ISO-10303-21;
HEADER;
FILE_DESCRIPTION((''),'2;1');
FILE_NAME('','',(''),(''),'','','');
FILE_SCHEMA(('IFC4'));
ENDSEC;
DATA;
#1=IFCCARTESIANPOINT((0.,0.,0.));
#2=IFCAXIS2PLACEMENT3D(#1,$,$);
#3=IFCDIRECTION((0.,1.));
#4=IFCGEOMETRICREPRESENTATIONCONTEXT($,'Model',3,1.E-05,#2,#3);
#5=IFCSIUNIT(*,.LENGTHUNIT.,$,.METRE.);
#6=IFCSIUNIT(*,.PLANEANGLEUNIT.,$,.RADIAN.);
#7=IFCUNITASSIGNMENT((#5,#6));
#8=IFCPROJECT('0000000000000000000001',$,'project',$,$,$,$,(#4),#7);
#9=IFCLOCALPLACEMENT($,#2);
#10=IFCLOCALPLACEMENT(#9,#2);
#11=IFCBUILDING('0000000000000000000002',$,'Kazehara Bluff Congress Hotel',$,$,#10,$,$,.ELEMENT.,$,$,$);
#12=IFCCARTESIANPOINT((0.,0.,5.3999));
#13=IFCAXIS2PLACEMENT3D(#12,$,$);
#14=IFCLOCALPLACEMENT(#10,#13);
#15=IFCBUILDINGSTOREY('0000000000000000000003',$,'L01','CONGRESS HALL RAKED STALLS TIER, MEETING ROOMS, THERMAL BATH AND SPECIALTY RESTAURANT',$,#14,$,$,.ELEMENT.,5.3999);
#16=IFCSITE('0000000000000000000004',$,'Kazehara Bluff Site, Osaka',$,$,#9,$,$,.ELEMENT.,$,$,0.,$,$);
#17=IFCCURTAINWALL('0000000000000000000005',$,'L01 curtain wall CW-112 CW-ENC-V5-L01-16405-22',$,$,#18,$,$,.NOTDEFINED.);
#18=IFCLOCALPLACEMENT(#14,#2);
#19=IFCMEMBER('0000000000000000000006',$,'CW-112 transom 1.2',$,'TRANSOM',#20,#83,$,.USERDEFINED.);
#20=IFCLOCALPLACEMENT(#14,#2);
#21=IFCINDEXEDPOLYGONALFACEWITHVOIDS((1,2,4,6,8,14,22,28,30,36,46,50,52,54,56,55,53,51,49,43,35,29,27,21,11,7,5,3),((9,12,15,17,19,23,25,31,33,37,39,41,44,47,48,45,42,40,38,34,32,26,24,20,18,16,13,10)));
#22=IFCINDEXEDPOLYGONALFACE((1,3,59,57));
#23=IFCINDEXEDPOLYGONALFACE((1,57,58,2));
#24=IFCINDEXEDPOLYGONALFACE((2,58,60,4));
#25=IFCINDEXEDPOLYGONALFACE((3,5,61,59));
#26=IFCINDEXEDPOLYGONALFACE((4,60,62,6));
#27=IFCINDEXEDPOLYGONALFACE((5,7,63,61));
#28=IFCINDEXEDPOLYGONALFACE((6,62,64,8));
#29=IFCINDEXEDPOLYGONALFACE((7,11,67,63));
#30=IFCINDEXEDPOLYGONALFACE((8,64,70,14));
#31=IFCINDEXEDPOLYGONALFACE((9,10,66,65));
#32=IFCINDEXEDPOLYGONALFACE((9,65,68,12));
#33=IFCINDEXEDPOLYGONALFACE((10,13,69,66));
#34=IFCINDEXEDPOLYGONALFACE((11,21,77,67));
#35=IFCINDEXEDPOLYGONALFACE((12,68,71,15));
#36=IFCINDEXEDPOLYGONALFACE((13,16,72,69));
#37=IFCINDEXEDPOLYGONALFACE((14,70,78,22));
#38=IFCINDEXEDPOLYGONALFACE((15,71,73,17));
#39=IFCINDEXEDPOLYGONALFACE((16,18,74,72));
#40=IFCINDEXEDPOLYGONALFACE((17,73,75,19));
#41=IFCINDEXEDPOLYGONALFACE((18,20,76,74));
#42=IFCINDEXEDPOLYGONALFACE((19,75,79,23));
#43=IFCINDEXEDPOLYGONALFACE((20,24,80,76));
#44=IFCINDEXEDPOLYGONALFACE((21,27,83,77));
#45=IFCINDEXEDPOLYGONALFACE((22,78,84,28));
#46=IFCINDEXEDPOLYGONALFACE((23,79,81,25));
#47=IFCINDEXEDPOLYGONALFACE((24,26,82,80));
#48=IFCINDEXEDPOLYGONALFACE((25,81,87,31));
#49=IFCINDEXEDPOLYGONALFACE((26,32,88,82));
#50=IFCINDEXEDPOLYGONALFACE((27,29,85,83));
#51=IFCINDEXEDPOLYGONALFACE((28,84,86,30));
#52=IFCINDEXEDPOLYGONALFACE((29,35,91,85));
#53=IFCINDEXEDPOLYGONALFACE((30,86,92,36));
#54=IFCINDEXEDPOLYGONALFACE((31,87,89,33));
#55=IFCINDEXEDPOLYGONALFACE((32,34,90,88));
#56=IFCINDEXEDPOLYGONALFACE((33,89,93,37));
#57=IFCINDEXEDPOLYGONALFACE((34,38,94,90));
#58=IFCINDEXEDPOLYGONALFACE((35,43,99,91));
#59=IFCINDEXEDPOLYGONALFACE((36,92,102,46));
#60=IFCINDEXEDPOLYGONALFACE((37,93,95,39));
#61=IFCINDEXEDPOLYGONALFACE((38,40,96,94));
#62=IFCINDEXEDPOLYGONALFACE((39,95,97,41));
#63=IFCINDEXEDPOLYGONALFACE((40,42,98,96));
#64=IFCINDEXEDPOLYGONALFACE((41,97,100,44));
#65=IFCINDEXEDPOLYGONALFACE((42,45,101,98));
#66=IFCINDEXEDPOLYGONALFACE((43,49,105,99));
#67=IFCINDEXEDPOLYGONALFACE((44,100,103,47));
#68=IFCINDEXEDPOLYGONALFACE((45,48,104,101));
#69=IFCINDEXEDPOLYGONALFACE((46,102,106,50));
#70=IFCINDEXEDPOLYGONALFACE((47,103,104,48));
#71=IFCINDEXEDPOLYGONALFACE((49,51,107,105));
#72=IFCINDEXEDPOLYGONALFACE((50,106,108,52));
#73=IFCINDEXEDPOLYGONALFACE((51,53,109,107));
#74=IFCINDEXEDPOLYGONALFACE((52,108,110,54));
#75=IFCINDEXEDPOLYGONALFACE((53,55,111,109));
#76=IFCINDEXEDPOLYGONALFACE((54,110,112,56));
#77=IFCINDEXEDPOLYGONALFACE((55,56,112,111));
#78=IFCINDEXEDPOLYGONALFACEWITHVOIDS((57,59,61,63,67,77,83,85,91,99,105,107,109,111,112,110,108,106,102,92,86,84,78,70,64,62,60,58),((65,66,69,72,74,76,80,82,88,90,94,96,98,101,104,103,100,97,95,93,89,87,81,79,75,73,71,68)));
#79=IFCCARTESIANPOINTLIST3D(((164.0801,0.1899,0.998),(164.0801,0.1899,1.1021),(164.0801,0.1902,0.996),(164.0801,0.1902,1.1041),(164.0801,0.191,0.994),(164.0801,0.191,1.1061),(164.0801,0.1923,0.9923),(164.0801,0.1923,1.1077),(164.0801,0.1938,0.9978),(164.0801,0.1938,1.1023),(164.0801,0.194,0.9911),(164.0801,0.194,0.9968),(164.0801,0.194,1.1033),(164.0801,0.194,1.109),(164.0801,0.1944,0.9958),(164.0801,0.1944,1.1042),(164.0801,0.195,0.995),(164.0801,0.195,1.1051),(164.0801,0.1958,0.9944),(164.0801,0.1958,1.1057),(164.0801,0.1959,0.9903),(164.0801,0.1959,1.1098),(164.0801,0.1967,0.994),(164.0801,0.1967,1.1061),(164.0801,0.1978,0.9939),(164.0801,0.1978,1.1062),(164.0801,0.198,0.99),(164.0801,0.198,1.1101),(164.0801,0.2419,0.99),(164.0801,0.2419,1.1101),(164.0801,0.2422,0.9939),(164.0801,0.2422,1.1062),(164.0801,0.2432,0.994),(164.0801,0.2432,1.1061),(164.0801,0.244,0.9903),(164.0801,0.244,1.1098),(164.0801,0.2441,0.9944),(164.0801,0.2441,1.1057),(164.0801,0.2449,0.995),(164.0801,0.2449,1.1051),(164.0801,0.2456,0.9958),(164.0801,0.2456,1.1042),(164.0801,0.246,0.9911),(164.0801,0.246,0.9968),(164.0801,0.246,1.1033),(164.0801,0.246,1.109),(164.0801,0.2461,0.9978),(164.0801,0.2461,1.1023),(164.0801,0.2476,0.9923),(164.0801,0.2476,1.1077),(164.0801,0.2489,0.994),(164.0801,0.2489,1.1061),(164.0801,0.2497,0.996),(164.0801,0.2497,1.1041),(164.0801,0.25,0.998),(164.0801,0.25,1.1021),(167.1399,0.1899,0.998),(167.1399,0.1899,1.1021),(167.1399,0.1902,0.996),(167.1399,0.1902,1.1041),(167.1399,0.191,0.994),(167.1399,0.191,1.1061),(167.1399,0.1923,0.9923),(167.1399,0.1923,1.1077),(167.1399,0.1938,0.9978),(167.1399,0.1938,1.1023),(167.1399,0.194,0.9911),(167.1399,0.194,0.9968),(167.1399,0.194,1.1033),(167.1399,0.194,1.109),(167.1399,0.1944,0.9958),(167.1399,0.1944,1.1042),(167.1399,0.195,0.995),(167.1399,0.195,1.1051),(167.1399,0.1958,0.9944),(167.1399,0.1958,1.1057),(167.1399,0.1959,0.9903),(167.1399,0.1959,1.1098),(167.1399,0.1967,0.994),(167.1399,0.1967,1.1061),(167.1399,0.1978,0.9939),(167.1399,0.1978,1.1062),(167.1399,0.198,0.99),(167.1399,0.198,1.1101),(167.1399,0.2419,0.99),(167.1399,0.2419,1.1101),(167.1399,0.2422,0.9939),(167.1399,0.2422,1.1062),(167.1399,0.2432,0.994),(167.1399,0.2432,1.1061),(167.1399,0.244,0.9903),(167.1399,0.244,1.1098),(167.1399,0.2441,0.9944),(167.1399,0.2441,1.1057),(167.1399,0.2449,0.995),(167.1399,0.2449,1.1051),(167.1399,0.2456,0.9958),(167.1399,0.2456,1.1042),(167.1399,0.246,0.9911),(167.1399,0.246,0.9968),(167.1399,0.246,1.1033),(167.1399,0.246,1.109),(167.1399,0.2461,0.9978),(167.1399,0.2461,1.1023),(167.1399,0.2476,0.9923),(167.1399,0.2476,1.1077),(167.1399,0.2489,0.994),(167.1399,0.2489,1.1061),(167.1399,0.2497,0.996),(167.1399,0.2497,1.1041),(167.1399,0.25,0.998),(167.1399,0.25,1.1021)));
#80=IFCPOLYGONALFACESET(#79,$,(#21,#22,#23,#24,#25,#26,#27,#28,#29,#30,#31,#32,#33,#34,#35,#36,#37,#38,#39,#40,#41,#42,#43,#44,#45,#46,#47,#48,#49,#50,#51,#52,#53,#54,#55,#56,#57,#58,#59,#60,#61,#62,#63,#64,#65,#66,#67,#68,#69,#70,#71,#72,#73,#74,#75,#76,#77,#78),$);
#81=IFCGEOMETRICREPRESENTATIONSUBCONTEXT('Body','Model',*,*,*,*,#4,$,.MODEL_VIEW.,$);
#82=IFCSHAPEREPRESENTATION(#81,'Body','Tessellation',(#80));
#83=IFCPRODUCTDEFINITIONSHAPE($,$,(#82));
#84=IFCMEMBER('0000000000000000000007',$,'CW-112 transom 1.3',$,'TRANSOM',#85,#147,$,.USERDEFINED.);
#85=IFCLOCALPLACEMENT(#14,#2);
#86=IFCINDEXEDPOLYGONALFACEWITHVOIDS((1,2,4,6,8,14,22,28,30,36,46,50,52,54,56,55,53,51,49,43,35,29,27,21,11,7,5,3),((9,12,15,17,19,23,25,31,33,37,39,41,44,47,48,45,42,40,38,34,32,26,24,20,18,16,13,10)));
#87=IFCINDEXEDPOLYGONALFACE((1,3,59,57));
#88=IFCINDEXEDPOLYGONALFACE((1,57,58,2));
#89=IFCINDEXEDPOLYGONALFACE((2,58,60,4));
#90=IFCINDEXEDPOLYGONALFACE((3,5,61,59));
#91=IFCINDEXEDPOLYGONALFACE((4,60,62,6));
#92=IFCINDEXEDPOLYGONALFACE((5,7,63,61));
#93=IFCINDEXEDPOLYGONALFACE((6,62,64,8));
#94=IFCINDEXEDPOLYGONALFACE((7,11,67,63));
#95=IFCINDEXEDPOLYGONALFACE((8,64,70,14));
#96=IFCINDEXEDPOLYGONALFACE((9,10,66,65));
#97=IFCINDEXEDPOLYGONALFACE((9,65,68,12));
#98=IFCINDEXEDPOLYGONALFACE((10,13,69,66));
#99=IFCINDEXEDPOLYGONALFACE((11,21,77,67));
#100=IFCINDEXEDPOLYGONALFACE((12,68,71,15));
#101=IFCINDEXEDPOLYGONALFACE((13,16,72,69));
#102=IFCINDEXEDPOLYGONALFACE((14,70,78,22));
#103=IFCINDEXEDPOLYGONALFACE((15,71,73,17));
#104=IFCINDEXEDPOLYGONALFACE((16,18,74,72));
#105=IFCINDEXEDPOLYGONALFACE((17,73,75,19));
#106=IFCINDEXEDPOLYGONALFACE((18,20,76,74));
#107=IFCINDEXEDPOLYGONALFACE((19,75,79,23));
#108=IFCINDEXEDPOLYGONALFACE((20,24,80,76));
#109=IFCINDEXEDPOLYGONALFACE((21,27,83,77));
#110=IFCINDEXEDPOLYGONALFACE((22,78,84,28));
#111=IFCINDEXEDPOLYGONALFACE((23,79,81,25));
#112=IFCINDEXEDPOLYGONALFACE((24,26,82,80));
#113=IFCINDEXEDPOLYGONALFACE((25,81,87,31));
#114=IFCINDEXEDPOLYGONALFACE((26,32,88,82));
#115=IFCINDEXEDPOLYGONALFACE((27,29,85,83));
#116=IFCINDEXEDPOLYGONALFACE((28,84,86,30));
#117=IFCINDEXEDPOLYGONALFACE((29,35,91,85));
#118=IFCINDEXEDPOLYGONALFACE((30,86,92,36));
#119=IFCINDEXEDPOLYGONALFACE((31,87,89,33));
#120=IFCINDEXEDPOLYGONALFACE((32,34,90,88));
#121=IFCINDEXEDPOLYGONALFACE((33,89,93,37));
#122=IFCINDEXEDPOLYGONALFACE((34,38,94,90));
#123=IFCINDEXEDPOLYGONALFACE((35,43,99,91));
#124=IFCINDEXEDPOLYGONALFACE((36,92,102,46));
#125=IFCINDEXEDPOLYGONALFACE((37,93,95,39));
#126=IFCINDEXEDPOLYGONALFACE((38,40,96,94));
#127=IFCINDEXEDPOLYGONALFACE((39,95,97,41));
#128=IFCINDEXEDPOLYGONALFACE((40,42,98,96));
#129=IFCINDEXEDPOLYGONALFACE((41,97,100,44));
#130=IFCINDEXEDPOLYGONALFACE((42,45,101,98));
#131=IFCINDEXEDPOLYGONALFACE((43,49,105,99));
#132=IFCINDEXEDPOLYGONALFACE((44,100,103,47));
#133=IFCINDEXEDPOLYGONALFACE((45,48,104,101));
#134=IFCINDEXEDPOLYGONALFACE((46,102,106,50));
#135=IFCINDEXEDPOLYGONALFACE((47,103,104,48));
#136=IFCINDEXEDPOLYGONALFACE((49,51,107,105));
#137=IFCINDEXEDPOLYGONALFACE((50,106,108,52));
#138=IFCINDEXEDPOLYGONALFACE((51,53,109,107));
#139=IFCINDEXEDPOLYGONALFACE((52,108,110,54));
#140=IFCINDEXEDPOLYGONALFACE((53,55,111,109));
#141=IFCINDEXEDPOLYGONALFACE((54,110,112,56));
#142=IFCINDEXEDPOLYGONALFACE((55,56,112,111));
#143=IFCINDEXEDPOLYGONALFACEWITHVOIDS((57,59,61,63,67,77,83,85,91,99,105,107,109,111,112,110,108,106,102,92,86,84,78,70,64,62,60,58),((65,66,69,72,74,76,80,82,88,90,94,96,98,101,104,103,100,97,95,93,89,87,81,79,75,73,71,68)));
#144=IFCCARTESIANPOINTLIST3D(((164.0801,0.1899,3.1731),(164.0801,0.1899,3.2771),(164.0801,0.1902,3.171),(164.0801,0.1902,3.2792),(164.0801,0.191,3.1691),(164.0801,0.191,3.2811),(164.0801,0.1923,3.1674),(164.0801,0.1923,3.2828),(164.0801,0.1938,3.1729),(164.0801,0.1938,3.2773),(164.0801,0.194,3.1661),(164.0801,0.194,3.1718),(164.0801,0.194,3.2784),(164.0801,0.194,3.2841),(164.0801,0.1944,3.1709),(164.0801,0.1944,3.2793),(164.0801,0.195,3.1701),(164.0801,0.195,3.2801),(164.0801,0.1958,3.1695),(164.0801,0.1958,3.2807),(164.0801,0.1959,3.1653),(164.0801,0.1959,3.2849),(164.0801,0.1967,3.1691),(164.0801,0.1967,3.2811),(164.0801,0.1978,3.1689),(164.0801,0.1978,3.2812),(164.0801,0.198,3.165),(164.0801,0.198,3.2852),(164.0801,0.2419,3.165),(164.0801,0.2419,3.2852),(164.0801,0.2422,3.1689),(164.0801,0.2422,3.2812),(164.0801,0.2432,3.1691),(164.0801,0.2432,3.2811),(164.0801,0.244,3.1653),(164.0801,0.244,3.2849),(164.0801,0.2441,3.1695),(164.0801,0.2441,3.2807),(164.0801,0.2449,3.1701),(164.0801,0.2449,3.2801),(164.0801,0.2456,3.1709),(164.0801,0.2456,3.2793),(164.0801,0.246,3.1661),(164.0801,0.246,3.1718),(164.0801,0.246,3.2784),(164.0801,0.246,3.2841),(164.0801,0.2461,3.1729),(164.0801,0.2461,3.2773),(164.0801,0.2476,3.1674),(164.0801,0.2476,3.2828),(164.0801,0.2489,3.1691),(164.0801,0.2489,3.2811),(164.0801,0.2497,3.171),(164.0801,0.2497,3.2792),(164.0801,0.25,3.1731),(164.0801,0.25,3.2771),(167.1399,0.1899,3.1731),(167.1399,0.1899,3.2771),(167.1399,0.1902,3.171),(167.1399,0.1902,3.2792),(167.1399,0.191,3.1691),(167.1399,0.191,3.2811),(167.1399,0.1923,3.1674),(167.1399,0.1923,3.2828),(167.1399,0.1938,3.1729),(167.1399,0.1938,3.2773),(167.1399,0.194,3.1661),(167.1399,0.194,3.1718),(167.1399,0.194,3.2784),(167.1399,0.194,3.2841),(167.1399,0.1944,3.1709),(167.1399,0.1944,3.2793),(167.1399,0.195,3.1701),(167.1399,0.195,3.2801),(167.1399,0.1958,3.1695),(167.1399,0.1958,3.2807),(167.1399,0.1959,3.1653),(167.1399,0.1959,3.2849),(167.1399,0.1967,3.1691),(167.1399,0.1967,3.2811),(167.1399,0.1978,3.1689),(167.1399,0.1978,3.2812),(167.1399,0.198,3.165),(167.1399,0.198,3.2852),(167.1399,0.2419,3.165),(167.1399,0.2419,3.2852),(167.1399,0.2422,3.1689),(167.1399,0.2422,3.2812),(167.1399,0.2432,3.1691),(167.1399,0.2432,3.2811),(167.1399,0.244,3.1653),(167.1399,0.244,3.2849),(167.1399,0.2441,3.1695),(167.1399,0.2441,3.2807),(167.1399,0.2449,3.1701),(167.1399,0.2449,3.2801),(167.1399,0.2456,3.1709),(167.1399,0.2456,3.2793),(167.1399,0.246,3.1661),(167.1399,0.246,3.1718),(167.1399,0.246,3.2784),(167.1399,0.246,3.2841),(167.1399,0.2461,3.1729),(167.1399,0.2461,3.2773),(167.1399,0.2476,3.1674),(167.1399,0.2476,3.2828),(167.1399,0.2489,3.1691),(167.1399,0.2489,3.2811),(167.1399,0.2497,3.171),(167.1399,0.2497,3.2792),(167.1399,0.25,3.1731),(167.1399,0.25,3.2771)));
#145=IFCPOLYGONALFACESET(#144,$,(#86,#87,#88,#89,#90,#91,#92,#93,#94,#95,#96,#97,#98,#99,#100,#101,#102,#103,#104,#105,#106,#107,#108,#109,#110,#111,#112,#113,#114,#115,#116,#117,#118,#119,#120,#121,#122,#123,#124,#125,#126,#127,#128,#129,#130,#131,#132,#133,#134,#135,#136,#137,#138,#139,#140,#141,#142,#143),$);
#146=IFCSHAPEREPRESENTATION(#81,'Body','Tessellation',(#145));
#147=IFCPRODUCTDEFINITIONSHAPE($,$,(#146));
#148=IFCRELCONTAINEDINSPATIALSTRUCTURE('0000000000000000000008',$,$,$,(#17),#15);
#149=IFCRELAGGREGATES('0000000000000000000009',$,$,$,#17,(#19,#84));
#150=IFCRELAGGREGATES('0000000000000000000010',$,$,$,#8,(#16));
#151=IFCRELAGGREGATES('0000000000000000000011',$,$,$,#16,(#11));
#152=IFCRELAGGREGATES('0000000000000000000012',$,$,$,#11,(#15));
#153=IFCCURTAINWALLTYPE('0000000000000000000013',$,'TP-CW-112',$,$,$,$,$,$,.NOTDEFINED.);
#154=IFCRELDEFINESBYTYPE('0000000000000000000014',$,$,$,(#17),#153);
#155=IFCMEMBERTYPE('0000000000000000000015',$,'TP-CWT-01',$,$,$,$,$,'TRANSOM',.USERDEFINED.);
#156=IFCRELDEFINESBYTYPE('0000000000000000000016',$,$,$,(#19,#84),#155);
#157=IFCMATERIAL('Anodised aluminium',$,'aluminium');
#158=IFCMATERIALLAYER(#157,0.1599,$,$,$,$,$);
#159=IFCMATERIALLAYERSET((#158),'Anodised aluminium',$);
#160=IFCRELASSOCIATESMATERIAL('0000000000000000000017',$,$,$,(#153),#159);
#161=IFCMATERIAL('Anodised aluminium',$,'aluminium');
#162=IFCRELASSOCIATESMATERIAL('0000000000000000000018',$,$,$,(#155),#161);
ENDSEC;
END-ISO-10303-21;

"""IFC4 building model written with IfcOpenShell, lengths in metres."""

from ifc_helpers import new_model, si_unit, direction, frame, origin, origin_2d, place, context, subcontext, project, spatial, hollow_rectangle, extrude, material, layer, layer_set, material_profile, profile_set, type_object, element, aggregate, save


model = new_model("IFC4")

# Units and contexts
model_context = context("Model", 3, precision=1e-05, world=origin(), true_north=direction((0.0, 1.0)))
body_context = subcontext(model_context, "Body", "Model", "MODEL_VIEW")
ifc_project = project(units=[si_unit("LENGTHUNIT", "METRE"), si_unit("PLANEANGLEUNIT", "RADIAN")], contexts=[model_context])

# Site, building, storey
site_placement = place(None, origin())
site = spatial("IfcSite", under=ifc_project, at=site_placement, Name="Kazehara Bluff Site, Osaka", CompositionType="ELEMENT", RefElevation=0.0)
building_placement = place(site_placement, origin())
building = spatial("IfcBuilding", under=site, at=building_placement, Name="Kazehara Bluff Congress Hotel", CompositionType="ELEMENT")
storey_placement = place(building_placement, frame((0.0, 0.0, 5.3999)))
storey = spatial("IfcBuildingStorey", under=building, at=storey_placement, Name="L01", Description="CONGRESS HALL RAKED STALLS TIER, MEETING ROOMS, THERMAL BATH AND SPECIALTY RESTAURANT", CompositionType="ELEMENT", Elevation=5.3999)

# Curtain wall
ifc_material_1 = material(Name="Anodised aluminium", Category="aluminium")
ifc_layer_1 = layer(ifc_material_1, 0.1599)
ifc_layer_set_1 = layer_set([ifc_layer_1], Name="Anodised aluminium")
curtain_wall_type_1 = type_object("IfcCurtainWallType", Name="TP-CW-112", PredefinedType="NOTDEFINED", material=ifc_layer_set_1)
curtain_wall_1_placement = place(storey_placement, origin())
curtain_wall_1 = element("IfcCurtainWall", 1, at=curtain_wall_1_placement, inside=storey, type_object=curtain_wall_type_1, Name="L01 curtain wall CW-112 CW-ENC-V5-L01-16405-22", PredefinedType="NOTDEFINED")

# Members
ifc_material_2 = material(Name="Anodised aluminium", Category="aluminium")
ifc_material_profile_1 = material_profile(ifc_material_2, hollow_rectangle(XDim=0.0601, YDim=0.1201, WallThickness=0.0039, InnerFilletRadius=0.0039, OuterFilletRadius=0.0081, at=origin_2d()))
ifc_profile_set_1 = profile_set([ifc_material_profile_1], Name="Anodised aluminium")
member_type_1 = type_object("IfcMemberType", Name="TP-CWT-01", ElementType="TRANSOM", PredefinedType="USERDEFINED", material=ifc_profile_set_1)
member_1_placement = place(storey_placement, frame((167.1399, 0.22, 1.05), z_axis=(-1.0, 0.0, 0.0), x_axis=(0.0, -1.0, 0.0)))
member_1 = element("IfcMember", 2, at=member_1_placement, type_object=member_type_1, Name="CW-112 transom 1.2", ObjectType="TRANSOM", PredefinedType="USERDEFINED", context=body_context, shape_type="SweptSolid", body=[
    extrude(hollow_rectangle(XDim=0.0601, YDim=0.1201, WallThickness=0.0039, InnerFilletRadius=0.0039, OuterFilletRadius=0.0081, at=origin_2d()), origin(), (0.0, 0.0, 1.0), 3.0598),
])
member_2_placement = place(storey_placement, frame((167.1399, 0.22, 3.2251), z_axis=(-1.0, 0.0, 0.0), x_axis=(0.0, -1.0, 0.0)))
member_2 = element("IfcMember", 3, at=member_2_placement, type_object=member_type_1, Name="CW-112 transom 1.3", ObjectType="TRANSOM", PredefinedType="USERDEFINED", context=body_context, shape_type="SweptSolid", body=[
    extrude(hollow_rectangle(XDim=0.0601, YDim=0.1201, WallThickness=0.0039, InnerFilletRadius=0.0039, OuterFilletRadius=0.0081, at=origin_2d()), origin(), (0.0, 0.0, 1.0), 3.0598),
])

aggregate(curtain_wall_1, [member_1, member_2])

save(model, "model.ifc")
